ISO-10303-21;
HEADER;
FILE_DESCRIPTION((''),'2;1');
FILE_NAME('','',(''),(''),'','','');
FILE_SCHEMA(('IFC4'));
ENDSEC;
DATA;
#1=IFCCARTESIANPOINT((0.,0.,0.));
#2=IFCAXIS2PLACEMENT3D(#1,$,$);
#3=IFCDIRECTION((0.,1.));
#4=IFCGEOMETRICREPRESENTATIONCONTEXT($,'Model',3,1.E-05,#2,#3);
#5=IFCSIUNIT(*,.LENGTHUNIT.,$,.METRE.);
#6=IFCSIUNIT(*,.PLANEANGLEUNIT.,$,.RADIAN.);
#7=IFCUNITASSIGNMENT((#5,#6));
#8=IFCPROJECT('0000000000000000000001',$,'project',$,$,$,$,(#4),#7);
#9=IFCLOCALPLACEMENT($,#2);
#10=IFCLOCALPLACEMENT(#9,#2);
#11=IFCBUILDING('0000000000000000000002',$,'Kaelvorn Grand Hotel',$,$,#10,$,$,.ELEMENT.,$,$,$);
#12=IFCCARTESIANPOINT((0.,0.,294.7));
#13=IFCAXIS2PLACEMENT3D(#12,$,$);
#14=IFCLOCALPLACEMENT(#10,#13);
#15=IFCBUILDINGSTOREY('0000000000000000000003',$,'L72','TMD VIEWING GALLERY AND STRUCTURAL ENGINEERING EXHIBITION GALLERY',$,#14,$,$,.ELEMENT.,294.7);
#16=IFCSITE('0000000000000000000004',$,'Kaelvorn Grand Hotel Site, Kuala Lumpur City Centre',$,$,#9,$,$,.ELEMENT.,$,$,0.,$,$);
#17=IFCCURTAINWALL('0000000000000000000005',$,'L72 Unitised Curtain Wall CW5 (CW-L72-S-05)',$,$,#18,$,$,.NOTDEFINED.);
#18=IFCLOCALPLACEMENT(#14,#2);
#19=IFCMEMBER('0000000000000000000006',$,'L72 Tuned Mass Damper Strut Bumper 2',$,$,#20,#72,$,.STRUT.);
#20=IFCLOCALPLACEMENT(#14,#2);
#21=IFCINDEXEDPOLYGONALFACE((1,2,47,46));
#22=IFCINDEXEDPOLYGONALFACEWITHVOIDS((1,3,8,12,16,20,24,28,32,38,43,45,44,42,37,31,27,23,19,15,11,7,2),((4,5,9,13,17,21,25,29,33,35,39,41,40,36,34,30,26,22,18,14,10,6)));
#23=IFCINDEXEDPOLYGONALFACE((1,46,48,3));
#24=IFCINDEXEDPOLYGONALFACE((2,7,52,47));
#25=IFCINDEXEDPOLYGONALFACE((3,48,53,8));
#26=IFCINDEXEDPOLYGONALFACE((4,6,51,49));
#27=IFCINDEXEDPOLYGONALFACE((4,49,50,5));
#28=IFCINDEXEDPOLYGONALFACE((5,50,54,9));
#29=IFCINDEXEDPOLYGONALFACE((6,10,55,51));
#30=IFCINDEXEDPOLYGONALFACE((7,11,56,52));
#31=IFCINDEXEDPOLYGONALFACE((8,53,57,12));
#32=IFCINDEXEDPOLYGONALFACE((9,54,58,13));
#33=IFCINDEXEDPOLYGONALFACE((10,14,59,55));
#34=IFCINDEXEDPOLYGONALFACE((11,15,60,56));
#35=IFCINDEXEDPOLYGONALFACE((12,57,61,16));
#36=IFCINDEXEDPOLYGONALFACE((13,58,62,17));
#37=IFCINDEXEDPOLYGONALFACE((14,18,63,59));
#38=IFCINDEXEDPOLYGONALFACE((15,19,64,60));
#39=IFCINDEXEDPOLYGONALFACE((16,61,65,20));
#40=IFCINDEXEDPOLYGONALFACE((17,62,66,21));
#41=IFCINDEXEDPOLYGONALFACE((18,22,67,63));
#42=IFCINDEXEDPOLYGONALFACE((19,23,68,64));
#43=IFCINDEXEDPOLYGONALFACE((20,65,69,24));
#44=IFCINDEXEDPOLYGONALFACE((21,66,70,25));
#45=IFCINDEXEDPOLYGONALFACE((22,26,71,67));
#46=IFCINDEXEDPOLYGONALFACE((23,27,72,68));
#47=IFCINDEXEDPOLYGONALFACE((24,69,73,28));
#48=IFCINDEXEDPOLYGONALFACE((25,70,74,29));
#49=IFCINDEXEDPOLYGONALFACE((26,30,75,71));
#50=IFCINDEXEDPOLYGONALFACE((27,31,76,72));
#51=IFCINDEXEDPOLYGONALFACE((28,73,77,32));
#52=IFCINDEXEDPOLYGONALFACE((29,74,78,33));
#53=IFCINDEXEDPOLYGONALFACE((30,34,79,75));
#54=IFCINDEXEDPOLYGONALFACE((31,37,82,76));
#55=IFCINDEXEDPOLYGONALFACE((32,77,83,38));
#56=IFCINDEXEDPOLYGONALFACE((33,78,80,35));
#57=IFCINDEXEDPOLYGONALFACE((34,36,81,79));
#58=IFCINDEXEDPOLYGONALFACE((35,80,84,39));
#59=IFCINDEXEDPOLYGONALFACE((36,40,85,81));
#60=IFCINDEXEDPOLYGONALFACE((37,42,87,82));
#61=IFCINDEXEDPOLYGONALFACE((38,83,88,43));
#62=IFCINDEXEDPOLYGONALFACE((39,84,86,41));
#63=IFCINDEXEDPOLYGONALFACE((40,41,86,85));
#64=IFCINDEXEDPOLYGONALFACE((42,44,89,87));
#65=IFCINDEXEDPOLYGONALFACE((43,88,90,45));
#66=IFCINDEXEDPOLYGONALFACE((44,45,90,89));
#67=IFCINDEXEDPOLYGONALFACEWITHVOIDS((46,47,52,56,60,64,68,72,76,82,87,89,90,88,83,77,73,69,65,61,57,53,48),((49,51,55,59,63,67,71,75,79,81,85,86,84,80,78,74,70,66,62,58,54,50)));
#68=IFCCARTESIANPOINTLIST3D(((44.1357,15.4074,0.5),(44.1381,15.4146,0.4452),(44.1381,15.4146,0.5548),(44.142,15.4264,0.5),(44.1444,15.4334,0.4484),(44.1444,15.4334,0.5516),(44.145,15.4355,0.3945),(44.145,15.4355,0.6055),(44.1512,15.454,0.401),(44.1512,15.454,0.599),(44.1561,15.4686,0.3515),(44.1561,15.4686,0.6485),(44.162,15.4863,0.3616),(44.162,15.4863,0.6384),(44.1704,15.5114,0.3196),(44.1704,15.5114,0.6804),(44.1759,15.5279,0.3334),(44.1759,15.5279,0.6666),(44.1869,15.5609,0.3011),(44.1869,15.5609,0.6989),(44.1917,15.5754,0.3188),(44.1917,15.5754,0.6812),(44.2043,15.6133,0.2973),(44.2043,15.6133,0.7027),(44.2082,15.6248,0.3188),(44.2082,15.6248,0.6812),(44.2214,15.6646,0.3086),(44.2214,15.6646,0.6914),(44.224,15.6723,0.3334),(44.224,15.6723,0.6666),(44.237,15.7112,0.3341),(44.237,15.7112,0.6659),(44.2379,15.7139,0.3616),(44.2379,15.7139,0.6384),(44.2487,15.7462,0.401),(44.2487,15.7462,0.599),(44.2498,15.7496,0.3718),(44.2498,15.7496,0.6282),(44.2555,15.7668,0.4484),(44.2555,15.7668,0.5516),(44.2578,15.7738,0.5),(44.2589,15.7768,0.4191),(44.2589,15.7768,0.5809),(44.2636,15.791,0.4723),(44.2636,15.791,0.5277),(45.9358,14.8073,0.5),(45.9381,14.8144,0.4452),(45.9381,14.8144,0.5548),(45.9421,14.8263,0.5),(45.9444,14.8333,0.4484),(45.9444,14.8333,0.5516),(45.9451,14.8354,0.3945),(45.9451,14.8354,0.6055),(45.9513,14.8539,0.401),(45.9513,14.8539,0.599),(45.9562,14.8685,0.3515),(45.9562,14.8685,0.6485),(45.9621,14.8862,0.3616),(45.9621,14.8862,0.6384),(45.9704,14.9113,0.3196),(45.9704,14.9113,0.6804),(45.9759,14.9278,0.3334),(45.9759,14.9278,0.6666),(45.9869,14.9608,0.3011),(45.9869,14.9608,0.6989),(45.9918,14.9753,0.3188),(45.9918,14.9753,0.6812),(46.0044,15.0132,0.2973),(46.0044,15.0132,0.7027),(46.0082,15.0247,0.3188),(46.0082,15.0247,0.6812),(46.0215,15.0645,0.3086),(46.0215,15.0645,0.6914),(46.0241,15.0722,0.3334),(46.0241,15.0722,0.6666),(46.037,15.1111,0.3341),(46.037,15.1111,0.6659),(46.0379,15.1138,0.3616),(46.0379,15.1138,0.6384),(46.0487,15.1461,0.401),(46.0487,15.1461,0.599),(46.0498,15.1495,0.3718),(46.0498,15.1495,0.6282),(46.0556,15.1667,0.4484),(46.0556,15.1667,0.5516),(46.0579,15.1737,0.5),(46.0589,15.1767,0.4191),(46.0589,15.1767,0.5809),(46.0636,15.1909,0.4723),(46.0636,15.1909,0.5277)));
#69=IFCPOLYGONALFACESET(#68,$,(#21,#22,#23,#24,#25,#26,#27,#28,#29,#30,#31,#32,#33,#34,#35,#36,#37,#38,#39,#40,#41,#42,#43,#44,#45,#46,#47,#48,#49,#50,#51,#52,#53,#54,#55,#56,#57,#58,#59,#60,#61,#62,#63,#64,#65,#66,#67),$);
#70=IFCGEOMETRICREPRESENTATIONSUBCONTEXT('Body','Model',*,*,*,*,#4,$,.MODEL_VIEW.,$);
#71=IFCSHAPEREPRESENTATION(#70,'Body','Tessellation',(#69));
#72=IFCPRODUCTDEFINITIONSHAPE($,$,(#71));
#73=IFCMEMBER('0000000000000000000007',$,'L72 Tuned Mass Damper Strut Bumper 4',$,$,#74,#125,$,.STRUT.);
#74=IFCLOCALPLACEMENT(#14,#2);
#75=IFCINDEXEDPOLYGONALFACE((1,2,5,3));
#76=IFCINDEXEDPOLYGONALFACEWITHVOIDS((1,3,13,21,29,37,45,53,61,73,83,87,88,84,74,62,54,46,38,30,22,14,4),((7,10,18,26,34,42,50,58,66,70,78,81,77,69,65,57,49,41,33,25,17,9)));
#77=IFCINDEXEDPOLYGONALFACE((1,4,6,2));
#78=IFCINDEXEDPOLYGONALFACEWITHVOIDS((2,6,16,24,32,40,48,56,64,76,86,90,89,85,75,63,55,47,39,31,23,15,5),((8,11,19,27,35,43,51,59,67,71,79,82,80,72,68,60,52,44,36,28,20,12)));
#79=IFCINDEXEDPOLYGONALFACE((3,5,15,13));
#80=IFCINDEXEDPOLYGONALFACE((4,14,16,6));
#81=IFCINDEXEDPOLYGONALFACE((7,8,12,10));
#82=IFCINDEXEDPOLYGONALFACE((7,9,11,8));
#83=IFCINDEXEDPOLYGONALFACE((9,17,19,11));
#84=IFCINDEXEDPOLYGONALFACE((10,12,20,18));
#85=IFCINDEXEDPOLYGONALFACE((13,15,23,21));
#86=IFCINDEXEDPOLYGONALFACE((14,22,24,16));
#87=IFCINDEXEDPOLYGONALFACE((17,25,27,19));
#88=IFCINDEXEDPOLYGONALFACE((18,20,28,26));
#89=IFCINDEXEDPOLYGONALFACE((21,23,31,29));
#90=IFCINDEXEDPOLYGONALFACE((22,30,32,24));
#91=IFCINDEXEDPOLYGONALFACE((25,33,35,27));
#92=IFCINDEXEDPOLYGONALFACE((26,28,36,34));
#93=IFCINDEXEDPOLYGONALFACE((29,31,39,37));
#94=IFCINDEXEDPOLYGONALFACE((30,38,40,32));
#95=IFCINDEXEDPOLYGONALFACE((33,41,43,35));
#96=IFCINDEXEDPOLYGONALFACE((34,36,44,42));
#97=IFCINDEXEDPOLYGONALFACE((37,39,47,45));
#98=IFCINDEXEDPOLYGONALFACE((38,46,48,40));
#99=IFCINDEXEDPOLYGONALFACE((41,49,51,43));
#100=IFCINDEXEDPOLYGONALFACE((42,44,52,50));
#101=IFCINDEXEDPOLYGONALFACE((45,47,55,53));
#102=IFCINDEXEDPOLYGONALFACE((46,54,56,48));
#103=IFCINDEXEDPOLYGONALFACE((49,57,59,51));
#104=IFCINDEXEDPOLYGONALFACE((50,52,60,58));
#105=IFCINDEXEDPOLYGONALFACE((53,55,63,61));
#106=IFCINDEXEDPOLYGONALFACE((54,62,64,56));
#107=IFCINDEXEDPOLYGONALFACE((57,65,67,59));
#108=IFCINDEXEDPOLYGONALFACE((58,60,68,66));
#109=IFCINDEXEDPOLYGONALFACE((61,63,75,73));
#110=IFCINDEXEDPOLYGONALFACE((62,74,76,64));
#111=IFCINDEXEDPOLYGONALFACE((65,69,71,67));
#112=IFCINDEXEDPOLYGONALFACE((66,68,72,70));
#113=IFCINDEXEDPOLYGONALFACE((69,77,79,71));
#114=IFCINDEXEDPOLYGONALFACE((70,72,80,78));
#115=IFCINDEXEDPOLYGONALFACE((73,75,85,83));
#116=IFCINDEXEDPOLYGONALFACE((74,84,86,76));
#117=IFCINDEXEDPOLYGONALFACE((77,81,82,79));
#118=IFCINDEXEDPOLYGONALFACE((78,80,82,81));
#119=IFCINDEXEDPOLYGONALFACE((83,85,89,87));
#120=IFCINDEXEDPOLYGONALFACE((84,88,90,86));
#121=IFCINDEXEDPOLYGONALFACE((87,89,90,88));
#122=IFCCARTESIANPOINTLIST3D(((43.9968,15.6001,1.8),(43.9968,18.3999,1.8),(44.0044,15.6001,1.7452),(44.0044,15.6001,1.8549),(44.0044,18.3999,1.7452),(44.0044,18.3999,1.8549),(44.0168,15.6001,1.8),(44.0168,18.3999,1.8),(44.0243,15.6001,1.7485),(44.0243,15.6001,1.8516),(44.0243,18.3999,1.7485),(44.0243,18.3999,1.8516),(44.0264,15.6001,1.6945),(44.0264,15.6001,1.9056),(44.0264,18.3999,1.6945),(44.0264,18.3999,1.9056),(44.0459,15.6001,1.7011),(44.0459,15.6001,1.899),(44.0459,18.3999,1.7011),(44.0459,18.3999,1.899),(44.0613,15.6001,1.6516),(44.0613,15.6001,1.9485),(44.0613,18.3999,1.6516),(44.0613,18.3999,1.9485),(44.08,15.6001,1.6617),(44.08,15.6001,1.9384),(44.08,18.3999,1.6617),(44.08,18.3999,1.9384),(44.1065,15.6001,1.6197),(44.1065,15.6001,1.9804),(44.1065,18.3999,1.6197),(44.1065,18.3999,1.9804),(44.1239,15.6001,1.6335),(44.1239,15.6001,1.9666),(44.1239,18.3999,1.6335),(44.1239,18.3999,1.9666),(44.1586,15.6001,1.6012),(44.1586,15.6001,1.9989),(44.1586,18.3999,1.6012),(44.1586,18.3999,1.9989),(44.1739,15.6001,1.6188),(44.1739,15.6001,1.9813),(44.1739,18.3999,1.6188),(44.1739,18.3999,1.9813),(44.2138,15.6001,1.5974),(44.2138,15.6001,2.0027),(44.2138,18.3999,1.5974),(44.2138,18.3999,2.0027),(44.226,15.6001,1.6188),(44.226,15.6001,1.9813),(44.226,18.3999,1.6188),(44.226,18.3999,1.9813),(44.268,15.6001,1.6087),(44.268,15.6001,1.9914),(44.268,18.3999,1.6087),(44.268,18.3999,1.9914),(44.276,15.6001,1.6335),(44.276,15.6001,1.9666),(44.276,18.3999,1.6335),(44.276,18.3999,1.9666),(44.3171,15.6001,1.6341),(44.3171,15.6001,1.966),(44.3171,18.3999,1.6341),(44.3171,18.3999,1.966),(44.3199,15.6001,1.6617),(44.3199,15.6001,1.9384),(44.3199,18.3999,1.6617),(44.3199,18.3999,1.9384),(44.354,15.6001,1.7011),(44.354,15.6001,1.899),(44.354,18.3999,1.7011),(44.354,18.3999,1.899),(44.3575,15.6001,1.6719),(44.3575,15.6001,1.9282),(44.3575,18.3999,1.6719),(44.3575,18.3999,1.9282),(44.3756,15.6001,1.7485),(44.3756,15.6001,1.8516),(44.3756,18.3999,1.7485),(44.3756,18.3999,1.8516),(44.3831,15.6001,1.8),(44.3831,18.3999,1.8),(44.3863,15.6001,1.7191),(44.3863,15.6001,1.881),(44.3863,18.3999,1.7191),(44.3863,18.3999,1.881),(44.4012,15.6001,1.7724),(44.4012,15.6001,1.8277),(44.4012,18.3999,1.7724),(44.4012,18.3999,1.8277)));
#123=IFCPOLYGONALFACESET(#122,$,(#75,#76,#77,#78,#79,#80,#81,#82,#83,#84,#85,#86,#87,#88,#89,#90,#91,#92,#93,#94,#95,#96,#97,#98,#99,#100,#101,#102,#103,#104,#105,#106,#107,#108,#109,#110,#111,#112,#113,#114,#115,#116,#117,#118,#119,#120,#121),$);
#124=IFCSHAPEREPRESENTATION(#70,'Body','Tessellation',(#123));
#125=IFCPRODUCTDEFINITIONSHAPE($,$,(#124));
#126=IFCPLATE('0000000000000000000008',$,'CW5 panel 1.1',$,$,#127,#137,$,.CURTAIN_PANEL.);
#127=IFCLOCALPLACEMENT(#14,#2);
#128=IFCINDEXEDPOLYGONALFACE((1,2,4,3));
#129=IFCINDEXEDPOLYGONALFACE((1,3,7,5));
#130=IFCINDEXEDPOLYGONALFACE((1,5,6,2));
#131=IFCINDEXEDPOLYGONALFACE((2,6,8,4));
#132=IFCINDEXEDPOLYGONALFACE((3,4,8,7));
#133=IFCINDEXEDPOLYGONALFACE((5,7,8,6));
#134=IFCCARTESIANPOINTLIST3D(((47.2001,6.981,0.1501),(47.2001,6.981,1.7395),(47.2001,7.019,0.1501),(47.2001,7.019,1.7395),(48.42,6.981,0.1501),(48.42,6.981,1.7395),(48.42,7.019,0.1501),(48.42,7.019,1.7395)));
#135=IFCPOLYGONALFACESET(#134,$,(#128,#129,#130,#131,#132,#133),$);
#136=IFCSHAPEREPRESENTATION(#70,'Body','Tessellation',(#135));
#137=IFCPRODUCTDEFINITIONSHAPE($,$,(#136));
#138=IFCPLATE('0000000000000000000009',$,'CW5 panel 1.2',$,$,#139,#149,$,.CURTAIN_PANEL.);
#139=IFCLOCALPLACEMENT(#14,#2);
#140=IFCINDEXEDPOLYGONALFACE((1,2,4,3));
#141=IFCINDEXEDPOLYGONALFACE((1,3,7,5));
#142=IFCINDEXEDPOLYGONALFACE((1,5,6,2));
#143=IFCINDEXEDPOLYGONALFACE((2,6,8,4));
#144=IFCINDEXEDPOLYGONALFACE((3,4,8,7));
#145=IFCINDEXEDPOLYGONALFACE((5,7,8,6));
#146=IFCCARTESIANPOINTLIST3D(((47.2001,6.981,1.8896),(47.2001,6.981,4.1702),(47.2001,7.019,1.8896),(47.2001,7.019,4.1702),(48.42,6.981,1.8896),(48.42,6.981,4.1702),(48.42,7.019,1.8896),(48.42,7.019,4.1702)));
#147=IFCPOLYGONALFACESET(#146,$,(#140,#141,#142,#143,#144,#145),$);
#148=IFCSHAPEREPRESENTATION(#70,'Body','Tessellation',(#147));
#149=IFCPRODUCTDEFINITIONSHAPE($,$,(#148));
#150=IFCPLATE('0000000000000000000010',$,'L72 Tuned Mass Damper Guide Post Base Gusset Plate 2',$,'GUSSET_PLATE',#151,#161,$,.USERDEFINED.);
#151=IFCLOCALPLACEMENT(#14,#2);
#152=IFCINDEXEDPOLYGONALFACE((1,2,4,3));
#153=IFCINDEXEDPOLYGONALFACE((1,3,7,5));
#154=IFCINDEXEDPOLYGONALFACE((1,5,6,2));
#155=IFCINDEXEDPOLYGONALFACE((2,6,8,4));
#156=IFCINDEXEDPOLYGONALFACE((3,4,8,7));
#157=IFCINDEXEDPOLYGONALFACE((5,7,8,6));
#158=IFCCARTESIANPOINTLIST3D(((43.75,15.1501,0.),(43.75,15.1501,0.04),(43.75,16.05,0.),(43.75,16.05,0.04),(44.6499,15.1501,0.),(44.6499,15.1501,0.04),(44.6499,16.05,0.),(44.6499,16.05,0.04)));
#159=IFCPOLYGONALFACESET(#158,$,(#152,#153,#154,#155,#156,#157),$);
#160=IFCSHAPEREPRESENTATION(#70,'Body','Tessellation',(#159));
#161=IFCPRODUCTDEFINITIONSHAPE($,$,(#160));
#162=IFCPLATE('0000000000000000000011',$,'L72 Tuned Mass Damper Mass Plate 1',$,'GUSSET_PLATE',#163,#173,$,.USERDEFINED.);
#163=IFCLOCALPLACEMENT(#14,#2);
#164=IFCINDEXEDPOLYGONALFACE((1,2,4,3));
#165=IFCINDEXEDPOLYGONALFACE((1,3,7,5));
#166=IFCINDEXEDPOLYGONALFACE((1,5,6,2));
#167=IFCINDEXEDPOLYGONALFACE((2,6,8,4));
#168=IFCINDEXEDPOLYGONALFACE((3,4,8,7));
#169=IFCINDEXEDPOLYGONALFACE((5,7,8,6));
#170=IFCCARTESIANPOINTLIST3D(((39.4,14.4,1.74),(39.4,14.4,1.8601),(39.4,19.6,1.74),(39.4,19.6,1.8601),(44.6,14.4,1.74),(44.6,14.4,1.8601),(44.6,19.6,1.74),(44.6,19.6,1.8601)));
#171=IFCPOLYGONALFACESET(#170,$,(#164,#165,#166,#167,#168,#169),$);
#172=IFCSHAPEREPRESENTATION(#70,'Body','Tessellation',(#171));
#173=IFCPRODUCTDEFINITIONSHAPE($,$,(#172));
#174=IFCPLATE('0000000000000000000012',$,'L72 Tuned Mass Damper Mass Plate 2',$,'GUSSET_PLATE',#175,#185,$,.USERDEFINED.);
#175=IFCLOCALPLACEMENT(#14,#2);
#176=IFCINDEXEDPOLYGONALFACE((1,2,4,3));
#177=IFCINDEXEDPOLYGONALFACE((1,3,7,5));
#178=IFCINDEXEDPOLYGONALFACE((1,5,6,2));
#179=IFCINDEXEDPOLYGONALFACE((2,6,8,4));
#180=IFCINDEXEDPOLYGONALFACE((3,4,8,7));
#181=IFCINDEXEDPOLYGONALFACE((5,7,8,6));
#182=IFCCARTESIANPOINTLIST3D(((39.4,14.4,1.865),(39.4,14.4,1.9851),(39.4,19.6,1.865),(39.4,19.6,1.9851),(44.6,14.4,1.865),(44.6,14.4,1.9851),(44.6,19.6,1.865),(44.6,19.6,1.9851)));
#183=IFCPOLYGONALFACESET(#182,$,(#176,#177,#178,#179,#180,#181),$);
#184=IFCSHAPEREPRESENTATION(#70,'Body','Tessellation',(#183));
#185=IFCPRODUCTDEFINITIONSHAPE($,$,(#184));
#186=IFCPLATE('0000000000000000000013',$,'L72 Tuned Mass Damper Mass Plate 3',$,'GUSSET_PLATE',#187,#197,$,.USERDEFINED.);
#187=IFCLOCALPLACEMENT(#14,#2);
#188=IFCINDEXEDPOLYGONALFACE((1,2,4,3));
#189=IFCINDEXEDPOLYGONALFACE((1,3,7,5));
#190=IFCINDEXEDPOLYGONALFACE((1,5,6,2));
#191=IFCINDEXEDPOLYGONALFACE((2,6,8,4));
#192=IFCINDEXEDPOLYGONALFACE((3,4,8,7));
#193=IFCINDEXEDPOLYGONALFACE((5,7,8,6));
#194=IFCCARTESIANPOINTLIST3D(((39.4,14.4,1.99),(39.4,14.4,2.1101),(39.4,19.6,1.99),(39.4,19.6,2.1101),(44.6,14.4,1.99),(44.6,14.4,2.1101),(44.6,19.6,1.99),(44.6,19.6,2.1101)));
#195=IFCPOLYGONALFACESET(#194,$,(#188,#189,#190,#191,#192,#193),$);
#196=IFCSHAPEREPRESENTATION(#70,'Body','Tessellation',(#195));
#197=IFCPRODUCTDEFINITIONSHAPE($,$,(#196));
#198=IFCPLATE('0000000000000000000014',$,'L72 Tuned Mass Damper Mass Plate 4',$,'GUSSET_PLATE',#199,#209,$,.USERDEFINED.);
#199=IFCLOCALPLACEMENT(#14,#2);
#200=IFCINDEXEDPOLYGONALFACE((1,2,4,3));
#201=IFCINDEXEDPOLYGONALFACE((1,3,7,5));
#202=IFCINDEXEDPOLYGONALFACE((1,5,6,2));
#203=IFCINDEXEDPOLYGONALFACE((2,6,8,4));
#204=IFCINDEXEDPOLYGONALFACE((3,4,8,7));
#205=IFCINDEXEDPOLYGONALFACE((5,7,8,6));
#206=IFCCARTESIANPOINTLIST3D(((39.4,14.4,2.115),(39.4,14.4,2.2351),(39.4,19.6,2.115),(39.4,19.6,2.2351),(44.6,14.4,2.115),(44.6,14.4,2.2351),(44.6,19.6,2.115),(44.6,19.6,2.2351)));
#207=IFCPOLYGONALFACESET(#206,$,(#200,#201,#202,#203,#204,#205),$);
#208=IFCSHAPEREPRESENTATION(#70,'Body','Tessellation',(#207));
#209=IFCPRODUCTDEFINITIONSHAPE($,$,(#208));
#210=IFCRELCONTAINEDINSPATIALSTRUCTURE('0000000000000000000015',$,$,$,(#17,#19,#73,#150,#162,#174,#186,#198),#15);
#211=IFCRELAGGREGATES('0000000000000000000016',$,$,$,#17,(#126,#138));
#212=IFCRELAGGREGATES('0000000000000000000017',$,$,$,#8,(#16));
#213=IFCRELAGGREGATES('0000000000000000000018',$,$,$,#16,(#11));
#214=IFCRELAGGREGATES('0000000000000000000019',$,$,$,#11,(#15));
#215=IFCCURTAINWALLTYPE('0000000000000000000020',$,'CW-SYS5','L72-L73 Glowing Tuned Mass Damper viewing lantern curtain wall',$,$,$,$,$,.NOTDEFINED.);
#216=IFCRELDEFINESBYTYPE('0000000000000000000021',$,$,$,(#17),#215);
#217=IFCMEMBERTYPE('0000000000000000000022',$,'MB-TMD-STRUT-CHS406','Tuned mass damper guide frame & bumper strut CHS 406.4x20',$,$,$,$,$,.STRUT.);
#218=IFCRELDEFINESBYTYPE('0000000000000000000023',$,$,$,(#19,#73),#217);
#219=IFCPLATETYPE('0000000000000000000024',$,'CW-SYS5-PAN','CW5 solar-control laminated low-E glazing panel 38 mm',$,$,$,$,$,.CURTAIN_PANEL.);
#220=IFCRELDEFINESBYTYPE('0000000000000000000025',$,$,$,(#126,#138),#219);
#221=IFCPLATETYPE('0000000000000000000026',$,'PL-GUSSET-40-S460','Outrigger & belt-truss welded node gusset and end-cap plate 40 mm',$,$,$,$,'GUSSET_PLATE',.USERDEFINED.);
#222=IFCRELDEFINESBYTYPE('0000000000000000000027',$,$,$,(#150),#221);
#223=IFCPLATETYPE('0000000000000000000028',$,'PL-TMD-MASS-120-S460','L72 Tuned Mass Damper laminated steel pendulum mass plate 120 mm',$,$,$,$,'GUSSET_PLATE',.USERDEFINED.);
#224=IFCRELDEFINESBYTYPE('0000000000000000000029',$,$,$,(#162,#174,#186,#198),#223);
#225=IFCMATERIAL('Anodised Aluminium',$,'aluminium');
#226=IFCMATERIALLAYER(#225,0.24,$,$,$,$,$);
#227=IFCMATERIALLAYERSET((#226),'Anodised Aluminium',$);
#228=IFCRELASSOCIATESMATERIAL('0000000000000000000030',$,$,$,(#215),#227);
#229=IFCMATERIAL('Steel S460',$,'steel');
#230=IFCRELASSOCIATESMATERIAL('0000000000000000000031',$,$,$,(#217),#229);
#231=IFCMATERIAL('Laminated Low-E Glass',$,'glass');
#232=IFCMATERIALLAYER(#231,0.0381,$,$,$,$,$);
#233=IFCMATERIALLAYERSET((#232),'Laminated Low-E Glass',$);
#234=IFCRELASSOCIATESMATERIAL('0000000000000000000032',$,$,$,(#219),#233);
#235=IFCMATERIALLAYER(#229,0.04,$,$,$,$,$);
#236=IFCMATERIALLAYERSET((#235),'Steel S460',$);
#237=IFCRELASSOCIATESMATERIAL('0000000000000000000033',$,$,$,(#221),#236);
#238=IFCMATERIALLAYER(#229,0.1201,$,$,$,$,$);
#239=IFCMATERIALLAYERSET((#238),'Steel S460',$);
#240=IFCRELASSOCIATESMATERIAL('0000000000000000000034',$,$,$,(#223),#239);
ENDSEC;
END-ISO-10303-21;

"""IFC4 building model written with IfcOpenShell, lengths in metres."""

from ifc_helpers import new_model, si_unit, direction, frame, origin, origin_2d, place, context, subcontext, project, spatial, rectangle, hollow_circle, extrude, material, layer, layer_set, material_profile, profile_set, type_object, element, aggregate, save


model = new_model("IFC4")

# Units and contexts
model_context = context("Model", 3, precision=1e-05, world=origin(), true_north=direction((0.0, 1.0)))
body_context = subcontext(model_context, "Body", "Model", "MODEL_VIEW")
ifc_project = project(units=[si_unit("LENGTHUNIT", "METRE"), si_unit("PLANEANGLEUNIT", "RADIAN")], contexts=[model_context])

# Site, building, storey
site_placement = place(None, origin())
site = spatial("IfcSite", under=ifc_project, at=site_placement, Name="Kaelvorn Grand Hotel Site, Kuala Lumpur City Centre", CompositionType="ELEMENT", RefElevation=0.0)
building_placement = place(site_placement, origin())
building = spatial("IfcBuilding", under=site, at=building_placement, Name="Kaelvorn Grand Hotel", CompositionType="ELEMENT")
storey_placement = place(building_placement, frame((0.0, 0.0, 294.7)))
storey = spatial("IfcBuildingStorey", under=building, at=storey_placement, Name="L72", Description="TMD VIEWING GALLERY AND STRUCTURAL ENGINEERING EXHIBITION GALLERY", CompositionType="ELEMENT", Elevation=294.7)

# Shared definitions
ifc_material_1 = material(Name="Steel S460", Category="steel")

# Curtain wall
ifc_material_2 = material(Name="Anodised Aluminium", Category="aluminium")
ifc_layer_1 = layer(ifc_material_2, 0.24)
ifc_layer_set_1 = layer_set([ifc_layer_1], Name="Anodised Aluminium")
curtain_wall_type = type_object("IfcCurtainWallType", Name="CW-SYS5", Description="L72-L73 Glowing Tuned Mass Damper viewing lantern curtain wall", PredefinedType="NOTDEFINED", material=ifc_layer_set_1)
curtain_wall_placement = place(storey_placement, origin())
curtain_wall = element("IfcCurtainWall", 1, at=curtain_wall_placement, inside=storey, type_object=curtain_wall_type, Name="L72 Unitised Curtain Wall CW5 (CW-L72-S-05)", PredefinedType="NOTDEFINED")

# Members
ifc_material_profile_1 = material_profile(ifc_material_1, hollow_circle(Radius=0.2031, WallThickness=0.02, at=origin_2d()), Name="CHS 406.4x20.0")
ifc_profile_set_1 = profile_set([ifc_material_profile_1], Name="Steel S460")
member_type_1 = type_object("IfcMemberType", Name="MB-TMD-STRUT-CHS406", Description="Tuned mass damper guide frame & bumper strut CHS 406.4x20", PredefinedType="STRUT", material=ifc_profile_set_1)
member_1_placement = place(storey_placement, frame((46.0, 15.0, 0.5), z_axis=(-0.94867, 0.316266, 0.0), x_axis=(-0.316266, -0.94867, 0.0)))
element("IfcMember", 2, at=member_1_placement, inside=storey, type_object=member_type_1, Name="L72 Tuned Mass Damper Strut Bumper 2", PredefinedType="STRUT", context=body_context, shape_type="SweptSolid", body=[
    extrude(hollow_circle(Radius=0.2031, WallThickness=0.02, at=origin_2d()), origin(), (0.0, 0.0, 1.0), 1.8975),
])
member_2_placement = place(storey_placement, frame((44.2, 15.6001, 1.8), z_axis=(0.0, 1.0, 0.0), x_axis=(-1.0, 0.0, 0.0)))
element("IfcMember", 3, at=member_2_placement, inside=storey, type_object=member_type_1, Name="L72 Tuned Mass Damper Strut Bumper 4", PredefinedType="STRUT", context=body_context, shape_type="SweptSolid", body=[
    extrude(hollow_circle(Radius=0.2031, WallThickness=0.02, at=origin_2d()), origin(), (0.0, 0.0, 1.0), 2.7998),
])

# Plates
ifc_material_3 = material(Name="Laminated Low-E Glass", Category="glass")
ifc_layer_2 = layer(ifc_material_3, 0.0381)
ifc_layer_set_2 = layer_set([ifc_layer_2], Name="Laminated Low-E Glass")
plate_type_1 = type_object("IfcPlateType", Name="CW-SYS5-PAN", Description="CW5 solar-control laminated low-E glazing panel 38 mm", PredefinedType="CURTAIN_PANEL", material=ifc_layer_set_2)
plate_1_placement = place(storey_placement, frame((47.8101, 7.0, 0.1501), z_axis=(0.0, 0.0, 1.0), x_axis=(1.0, 0.0, 0.0)))
plate_1 = element("IfcPlate", 4, at=plate_1_placement, type_object=plate_type_1, Name="CW5 panel 1.1", PredefinedType="CURTAIN_PANEL", context=body_context, shape_type="SweptSolid", body=[
    extrude(rectangle(XDim=1.22, YDim=0.0381, at=origin_2d()), origin(), (0.0, 0.0, 1.0), 1.5894),
])
plate_2_placement = place(storey_placement, frame((47.8101, 7.0, 1.8896), z_axis=(0.0, 0.0, 1.0), x_axis=(1.0, 0.0, 0.0)))
plate_2 = element("IfcPlate", 5, at=plate_2_placement, type_object=plate_type_1, Name="CW5 panel 1.2", PredefinedType="CURTAIN_PANEL", context=body_context, shape_type="SweptSolid", body=[
    extrude(rectangle(XDim=1.22, YDim=0.0381, at=origin_2d()), origin(), (0.0, 0.0, 1.0), 2.2805),
])
aggregate(curtain_wall, [plate_1, plate_2])

# Plates
ifc_layer_3 = layer(ifc_material_1, 0.04)
ifc_layer_set_3 = layer_set([ifc_layer_3], Name="Steel S460")
plate_type_2 = type_object("IfcPlateType", Name="PL-GUSSET-40-S460", Description="Outrigger & belt-truss welded node gusset and end-cap plate 40 mm", ElementType="GUSSET_PLATE", PredefinedType="USERDEFINED", material=ifc_layer_set_3)
plate_3_placement = place(storey_placement, frame((44.2, 15.6001, 0.0), z_axis=(0.0, 0.0, 1.0), x_axis=(1.0, 0.0, 0.0)))
element("IfcPlate", 6, at=plate_3_placement, inside=storey, type_object=plate_type_2, Name="L72 Tuned Mass Damper Guide Post Base Gusset Plate 2", ObjectType="GUSSET_PLATE", PredefinedType="USERDEFINED", context=body_context, shape_type="SweptSolid", body=[
    extrude(rectangle(XDim=0.8999, YDim=0.8999, at=origin_2d()), origin(), (0.0, 0.0, 1.0), 0.04),
])
ifc_layer_4 = layer(ifc_material_1, 0.1201)
ifc_layer_set_4 = layer_set([ifc_layer_4], Name="Steel S460")
plate_type_3 = type_object("IfcPlateType", Name="PL-TMD-MASS-120-S460", Description="L72 Tuned Mass Damper laminated steel pendulum mass plate 120 mm", ElementType="GUSSET_PLATE", PredefinedType="USERDEFINED", material=ifc_layer_set_4)
for number, where, z_axis, x_axis, name in (
    (7, (42.0, 17.0, 1.74), (0.0, 0.0, 1.0), (1.0, 0.0, 0.0), "L72 Tuned Mass Damper Mass Plate 1"),
    (8, (42.0, 17.0, 1.865), (0.0, 0.0, 1.0), (1.0, 0.0, 0.0), "L72 Tuned Mass Damper Mass Plate 2"),
    (9, (42.0, 17.0, 1.99), (0.0, 0.0, 1.0), (1.0, 0.0, 0.0), "L72 Tuned Mass Damper Mass Plate 3"),
    (10, (42.0, 17.0, 2.115), (0.0, 0.0, 1.0), (1.0, 0.0, 0.0), "L72 Tuned Mass Damper Mass Plate 4"),
):
    element("IfcPlate", number, at=place(storey_placement, frame(where, z_axis=z_axis, x_axis=x_axis)), inside=storey, type_object=plate_type_3, Name=name, ObjectType="GUSSET_PLATE", PredefinedType="USERDEFINED", context=body_context, shape_type="SweptSolid", body=[
        extrude(rectangle(XDim=5.2, YDim=5.2, at=origin_2d()), origin(), (0.0, 0.0, 1.0), 0.1201),
    ])

save(model, "model.ifc")
